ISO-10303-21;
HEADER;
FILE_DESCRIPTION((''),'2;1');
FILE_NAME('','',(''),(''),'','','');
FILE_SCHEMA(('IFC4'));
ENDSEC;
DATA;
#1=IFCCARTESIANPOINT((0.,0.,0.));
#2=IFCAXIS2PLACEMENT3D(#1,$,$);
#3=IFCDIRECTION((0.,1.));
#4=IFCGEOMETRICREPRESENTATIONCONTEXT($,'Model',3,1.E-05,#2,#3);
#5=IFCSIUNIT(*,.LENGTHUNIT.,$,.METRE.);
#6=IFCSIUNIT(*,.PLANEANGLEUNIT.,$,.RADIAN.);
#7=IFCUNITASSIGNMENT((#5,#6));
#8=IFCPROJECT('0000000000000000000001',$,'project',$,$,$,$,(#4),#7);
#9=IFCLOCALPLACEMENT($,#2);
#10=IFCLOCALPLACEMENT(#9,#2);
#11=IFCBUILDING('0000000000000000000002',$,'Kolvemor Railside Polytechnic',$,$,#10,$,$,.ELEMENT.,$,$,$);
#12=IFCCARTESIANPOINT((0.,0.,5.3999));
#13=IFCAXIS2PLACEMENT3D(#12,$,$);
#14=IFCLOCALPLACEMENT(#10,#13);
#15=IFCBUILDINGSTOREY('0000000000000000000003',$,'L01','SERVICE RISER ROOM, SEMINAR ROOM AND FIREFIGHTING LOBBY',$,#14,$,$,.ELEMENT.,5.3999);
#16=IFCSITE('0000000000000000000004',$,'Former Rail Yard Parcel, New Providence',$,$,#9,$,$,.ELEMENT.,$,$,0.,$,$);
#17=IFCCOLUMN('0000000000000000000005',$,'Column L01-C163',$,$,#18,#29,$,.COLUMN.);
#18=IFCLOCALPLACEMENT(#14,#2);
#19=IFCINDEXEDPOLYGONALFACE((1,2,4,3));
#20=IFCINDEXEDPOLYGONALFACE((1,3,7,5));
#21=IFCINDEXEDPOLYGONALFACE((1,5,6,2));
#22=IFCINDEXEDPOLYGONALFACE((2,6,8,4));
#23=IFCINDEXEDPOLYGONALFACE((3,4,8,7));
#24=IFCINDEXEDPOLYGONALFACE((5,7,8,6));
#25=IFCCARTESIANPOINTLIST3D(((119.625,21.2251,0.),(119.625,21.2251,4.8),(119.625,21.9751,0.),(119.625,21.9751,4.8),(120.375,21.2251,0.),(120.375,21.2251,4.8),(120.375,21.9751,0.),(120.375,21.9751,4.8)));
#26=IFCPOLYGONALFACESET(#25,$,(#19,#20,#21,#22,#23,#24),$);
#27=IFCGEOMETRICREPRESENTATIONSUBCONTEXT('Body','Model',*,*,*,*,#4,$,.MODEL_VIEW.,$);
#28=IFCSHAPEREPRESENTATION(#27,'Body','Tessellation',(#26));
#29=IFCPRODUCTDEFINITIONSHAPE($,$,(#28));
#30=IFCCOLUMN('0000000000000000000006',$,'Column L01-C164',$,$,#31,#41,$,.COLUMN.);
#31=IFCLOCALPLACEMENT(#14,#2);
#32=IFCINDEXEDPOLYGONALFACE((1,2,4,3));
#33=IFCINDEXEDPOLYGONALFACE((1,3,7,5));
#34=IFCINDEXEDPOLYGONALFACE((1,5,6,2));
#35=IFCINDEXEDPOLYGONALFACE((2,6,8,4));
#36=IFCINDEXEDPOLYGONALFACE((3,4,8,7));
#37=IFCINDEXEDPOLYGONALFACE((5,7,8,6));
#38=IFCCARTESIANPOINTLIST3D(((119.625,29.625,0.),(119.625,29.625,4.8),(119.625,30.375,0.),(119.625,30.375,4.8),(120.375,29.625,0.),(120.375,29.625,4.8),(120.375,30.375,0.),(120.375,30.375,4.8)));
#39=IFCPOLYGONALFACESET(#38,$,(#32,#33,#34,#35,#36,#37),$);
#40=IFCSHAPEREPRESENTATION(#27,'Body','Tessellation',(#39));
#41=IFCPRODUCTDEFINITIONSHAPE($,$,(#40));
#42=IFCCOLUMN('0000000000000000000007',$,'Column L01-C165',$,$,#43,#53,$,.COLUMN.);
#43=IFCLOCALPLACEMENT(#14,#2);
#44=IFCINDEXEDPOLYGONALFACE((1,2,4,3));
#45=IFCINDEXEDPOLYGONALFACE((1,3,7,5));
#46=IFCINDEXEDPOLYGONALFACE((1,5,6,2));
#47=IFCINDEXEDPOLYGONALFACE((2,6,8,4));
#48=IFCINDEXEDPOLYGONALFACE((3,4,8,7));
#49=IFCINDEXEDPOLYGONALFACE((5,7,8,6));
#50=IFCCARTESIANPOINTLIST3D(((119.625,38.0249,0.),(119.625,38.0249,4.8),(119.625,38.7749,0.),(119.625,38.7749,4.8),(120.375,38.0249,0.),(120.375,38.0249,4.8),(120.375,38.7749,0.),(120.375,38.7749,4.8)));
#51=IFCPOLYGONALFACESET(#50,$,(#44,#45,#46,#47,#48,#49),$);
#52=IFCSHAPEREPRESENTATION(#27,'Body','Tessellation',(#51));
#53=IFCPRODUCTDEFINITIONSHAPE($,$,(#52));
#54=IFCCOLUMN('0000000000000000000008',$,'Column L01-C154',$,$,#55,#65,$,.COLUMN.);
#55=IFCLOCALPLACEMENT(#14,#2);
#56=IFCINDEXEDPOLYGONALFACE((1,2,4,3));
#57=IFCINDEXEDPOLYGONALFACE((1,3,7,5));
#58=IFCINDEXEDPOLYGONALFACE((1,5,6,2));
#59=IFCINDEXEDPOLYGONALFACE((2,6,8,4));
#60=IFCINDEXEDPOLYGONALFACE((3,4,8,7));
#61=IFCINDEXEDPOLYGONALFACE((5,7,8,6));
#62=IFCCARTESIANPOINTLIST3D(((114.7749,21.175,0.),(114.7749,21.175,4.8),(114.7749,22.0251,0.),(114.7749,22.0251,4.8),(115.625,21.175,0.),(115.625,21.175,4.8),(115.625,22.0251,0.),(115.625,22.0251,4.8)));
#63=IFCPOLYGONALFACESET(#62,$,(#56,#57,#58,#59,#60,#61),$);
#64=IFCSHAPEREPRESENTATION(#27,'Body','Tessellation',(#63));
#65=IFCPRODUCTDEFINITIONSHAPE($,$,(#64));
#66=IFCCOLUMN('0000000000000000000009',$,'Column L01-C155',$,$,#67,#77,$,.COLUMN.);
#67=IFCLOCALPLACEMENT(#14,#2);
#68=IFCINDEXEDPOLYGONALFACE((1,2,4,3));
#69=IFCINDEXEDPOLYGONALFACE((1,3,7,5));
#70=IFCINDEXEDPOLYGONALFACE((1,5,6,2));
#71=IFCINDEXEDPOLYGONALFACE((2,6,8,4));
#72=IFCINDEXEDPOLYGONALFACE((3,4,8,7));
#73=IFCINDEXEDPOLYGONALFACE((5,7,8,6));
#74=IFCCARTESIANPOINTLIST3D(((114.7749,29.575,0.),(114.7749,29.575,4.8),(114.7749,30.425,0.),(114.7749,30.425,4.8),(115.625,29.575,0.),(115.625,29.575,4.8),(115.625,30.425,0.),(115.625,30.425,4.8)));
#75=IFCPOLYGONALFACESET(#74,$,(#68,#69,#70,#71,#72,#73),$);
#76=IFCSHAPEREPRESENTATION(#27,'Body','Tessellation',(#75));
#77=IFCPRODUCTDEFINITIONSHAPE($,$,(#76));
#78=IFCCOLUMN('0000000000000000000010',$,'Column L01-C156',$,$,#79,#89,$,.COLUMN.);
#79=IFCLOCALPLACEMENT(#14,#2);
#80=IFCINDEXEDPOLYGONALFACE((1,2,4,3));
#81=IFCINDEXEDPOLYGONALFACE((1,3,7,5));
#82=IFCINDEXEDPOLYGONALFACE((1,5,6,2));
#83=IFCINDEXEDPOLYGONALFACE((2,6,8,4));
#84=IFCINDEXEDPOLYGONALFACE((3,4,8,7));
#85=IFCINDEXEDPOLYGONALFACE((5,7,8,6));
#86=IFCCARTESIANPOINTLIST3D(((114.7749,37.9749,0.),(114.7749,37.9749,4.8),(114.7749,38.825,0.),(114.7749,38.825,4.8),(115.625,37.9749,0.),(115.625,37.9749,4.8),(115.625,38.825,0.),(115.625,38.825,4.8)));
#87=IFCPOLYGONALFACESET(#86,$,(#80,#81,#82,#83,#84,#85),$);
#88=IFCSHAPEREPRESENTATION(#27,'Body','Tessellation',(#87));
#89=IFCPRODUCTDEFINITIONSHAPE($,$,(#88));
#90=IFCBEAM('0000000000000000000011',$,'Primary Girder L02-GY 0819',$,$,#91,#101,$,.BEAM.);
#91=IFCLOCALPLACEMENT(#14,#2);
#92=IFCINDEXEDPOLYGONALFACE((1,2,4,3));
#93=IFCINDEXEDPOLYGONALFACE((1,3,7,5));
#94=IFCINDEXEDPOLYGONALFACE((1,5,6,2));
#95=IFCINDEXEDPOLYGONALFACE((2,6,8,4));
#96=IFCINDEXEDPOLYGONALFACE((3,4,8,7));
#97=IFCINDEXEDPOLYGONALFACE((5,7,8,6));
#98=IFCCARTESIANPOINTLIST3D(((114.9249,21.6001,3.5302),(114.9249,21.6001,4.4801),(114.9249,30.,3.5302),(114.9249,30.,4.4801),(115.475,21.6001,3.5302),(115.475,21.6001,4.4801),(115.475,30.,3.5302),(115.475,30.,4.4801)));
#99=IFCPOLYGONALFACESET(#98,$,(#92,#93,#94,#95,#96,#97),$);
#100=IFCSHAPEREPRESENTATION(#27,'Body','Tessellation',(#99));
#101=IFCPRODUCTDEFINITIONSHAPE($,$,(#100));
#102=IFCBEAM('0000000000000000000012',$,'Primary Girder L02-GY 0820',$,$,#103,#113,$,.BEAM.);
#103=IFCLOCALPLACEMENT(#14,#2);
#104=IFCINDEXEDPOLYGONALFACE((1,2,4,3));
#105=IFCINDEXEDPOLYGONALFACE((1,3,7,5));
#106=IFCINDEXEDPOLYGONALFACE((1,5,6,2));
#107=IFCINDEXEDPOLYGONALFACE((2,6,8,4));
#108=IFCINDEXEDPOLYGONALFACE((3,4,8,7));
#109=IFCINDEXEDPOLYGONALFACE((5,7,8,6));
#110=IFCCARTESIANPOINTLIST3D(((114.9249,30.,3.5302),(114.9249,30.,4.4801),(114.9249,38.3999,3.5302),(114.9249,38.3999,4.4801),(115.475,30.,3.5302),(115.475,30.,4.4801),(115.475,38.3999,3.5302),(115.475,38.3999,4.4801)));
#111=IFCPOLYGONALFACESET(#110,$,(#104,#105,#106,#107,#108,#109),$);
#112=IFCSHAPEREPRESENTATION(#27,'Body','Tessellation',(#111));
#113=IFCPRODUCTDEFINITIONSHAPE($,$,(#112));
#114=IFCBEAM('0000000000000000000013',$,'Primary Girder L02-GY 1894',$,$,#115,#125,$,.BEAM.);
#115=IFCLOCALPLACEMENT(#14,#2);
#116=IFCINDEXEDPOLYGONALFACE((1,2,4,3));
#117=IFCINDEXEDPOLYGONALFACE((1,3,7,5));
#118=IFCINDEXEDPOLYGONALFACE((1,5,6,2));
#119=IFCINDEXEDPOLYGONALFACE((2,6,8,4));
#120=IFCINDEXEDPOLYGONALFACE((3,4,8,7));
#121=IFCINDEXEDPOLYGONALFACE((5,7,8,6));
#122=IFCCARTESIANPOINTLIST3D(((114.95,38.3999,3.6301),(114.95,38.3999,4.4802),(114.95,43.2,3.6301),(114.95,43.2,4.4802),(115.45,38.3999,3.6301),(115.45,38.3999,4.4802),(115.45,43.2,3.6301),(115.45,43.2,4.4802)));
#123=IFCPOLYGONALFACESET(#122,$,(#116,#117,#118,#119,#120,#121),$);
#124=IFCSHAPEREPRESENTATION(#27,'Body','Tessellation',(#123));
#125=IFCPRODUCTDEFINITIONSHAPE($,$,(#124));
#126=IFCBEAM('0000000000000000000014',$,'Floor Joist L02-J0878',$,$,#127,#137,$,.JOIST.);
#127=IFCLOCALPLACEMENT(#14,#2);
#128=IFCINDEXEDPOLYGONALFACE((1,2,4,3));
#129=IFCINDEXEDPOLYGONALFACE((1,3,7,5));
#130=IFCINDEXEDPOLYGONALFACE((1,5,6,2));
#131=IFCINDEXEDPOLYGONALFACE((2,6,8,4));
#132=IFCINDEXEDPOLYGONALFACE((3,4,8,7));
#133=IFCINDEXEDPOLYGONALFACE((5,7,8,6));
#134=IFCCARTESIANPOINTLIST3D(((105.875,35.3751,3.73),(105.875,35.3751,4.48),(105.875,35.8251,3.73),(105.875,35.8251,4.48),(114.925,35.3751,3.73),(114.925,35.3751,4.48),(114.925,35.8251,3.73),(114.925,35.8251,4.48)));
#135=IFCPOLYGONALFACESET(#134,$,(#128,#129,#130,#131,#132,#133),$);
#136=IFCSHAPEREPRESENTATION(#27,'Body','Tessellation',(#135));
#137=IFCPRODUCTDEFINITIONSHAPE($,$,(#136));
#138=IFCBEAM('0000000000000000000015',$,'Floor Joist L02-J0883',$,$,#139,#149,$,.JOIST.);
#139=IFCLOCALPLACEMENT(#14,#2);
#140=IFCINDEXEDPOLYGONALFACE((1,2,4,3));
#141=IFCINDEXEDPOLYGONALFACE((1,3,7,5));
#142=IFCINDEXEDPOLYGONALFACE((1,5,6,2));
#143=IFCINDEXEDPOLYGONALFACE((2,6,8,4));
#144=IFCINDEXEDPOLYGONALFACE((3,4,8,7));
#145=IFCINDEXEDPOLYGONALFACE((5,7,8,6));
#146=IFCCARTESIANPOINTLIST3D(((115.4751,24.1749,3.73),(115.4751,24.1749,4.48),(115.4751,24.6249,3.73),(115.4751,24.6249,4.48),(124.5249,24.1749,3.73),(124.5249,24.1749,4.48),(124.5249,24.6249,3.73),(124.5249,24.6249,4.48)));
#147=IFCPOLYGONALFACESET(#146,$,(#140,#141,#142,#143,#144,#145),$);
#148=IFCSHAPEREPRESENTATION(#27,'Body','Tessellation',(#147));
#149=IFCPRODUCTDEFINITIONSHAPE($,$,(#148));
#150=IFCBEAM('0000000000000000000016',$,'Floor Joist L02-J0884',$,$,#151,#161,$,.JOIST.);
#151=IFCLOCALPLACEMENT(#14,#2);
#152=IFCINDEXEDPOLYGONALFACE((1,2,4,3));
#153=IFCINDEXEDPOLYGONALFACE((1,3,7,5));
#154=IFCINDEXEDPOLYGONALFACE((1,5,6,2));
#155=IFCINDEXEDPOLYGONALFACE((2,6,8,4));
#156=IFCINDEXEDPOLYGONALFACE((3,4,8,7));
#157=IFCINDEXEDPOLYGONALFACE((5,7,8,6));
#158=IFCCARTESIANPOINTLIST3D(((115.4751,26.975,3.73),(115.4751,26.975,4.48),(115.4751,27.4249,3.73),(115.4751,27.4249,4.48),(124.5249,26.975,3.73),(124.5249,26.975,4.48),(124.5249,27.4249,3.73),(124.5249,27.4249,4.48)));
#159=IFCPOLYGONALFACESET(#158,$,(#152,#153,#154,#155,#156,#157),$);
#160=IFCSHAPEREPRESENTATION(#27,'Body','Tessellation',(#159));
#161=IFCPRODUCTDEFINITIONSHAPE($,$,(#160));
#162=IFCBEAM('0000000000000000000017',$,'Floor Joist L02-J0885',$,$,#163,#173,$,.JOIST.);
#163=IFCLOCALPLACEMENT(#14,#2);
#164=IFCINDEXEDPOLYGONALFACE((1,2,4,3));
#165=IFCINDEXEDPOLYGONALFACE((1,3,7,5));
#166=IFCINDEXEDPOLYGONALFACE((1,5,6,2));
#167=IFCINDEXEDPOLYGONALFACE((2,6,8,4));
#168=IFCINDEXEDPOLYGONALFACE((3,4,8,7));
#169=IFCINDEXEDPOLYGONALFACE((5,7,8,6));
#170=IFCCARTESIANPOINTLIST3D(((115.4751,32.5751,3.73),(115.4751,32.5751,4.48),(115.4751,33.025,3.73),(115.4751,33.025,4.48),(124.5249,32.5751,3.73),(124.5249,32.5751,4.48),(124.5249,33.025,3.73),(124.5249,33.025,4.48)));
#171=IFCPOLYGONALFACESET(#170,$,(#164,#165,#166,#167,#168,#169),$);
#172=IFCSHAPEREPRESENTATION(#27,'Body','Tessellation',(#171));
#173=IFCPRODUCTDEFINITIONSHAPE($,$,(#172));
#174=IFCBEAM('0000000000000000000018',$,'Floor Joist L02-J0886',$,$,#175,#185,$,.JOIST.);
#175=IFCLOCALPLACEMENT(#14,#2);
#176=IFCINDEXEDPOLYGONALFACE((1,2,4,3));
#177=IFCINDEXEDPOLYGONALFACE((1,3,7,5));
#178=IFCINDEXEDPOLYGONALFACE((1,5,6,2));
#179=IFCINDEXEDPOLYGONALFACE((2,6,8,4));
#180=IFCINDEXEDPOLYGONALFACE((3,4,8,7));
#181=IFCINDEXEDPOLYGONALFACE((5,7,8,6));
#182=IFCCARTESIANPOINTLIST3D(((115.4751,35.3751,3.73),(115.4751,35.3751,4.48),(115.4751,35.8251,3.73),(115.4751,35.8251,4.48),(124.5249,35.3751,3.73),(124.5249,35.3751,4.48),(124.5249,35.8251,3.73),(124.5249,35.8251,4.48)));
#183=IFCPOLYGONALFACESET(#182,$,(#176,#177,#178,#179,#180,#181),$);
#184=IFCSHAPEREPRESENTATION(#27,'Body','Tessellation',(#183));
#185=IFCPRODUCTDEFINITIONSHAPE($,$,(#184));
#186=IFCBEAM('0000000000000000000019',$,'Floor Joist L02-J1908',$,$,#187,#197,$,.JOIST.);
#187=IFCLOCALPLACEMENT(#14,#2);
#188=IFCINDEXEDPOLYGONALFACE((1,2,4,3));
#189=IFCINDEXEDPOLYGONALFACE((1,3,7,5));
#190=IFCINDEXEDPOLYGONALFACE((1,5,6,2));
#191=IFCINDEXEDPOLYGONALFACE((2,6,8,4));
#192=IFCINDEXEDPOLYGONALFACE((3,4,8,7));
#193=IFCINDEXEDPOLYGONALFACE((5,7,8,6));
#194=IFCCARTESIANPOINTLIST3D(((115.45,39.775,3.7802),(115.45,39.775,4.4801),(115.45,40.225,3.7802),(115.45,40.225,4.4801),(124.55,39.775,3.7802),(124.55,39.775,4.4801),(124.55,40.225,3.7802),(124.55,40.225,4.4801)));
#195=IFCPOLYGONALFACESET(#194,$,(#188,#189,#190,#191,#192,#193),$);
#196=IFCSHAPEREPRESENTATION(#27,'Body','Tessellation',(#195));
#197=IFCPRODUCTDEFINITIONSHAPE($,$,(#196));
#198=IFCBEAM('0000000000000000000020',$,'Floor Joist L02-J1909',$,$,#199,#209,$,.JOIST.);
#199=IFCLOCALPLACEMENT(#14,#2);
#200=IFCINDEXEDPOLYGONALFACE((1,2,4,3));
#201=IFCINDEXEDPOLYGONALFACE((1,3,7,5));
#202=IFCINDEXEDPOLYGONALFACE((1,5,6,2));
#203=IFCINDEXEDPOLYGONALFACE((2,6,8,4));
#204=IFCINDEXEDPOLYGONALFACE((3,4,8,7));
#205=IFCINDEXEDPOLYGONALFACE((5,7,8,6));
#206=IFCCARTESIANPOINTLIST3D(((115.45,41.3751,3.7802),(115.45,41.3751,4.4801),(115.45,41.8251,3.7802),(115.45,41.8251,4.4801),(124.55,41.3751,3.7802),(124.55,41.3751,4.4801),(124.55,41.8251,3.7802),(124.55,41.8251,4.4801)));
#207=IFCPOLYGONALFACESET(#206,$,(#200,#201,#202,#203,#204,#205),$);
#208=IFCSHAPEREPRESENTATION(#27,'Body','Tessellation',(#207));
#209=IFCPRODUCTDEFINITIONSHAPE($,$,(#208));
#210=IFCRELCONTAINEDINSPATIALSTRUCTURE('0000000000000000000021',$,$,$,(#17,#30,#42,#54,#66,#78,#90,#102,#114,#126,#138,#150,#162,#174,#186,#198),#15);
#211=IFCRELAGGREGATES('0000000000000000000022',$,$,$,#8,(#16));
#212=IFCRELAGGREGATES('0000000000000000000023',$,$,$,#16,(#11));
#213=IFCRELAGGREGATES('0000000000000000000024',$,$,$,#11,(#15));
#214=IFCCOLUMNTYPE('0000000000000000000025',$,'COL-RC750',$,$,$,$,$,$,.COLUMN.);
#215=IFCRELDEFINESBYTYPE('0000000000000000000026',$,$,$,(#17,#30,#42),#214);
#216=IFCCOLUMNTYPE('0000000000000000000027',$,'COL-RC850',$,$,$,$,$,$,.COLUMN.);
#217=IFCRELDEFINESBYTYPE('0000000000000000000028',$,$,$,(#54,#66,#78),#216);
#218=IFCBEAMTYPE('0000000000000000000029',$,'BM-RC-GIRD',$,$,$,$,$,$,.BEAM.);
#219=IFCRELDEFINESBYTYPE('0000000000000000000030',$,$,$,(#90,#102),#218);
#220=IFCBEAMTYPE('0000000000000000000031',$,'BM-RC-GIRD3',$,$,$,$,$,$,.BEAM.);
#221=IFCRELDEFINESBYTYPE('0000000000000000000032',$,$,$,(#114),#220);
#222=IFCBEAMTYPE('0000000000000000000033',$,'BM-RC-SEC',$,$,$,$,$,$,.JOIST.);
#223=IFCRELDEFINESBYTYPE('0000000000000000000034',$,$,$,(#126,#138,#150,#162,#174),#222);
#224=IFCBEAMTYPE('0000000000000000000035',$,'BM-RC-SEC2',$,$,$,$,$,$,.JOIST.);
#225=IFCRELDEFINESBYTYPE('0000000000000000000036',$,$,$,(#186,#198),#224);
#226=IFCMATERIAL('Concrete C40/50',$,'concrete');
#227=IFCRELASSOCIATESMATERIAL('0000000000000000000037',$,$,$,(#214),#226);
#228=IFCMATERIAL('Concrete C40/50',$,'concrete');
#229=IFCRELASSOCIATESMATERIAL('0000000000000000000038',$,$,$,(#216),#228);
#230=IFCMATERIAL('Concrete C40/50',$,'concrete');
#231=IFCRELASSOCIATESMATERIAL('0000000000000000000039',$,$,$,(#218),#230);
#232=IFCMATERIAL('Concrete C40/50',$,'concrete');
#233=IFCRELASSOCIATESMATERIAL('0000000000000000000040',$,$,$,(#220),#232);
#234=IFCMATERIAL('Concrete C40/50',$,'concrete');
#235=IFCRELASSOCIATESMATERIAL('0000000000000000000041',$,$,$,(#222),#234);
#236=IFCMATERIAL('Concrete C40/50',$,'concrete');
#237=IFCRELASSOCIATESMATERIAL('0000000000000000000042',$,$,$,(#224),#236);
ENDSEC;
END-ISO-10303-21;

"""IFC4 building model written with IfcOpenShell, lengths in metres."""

from ifc_helpers import new_model, si_unit, direction, frame, origin, origin_2d, place, context, subcontext, project, spatial, rectangle, extrude, material, material_profile, profile_set, type_object, element, save


model = new_model("IFC4")

# Units and contexts
model_context = context("Model", 3, precision=1e-05, world=origin(), true_north=direction((0.0, 1.0)))
body_context = subcontext(model_context, "Body", "Model", "MODEL_VIEW")
ifc_project = project(units=[si_unit("LENGTHUNIT", "METRE"), si_unit("PLANEANGLEUNIT", "RADIAN")], contexts=[model_context])

# Site, building, storey
site_placement = place(None, origin())
site = spatial("IfcSite", under=ifc_project, at=site_placement, Name="Former Rail Yard Parcel, New Providence", CompositionType="ELEMENT", RefElevation=0.0)
building_placement = place(site_placement, origin())
building = spatial("IfcBuilding", under=site, at=building_placement, Name="Kolvemor Railside Polytechnic", CompositionType="ELEMENT")
storey_placement = place(building_placement, frame((0.0, 0.0, 5.3999)))
storey = spatial("IfcBuildingStorey", under=building, at=storey_placement, Name="L01", Description="SERVICE RISER ROOM, SEMINAR ROOM AND FIREFIGHTING LOBBY", CompositionType="ELEMENT", Elevation=5.3999)

# Columns
ifc_material_1 = material(Name="Concrete C40/50", Category="concrete")
ifc_material_profile_1 = material_profile(ifc_material_1, rectangle(XDim=0.75, YDim=0.75, at=origin_2d()), Name="RC750x750")
ifc_profile_set_1 = profile_set([ifc_material_profile_1], Name="Concrete C40/50")
column_type_1 = type_object("IfcColumnType", Name="COL-RC750", PredefinedType="COLUMN", material=ifc_profile_set_1)
for number, where, z_axis, x_axis, name in (
    (1, (120.0, 21.6001, 0.0), (0.0, 0.0, 1.0), (1.0, 0.0, 0.0), "Column L01-C163"),
    (2, (120.0, 30.0, 0.0), (0.0, 0.0, 1.0), (1.0, 0.0, 0.0), "Column L01-C164"),
    (3, (120.0, 38.3999, 0.0), (0.0, 0.0, 1.0), (1.0, 0.0, 0.0), "Column L01-C165"),
):
    element("IfcColumn", number, at=place(storey_placement, frame(where, z_axis=z_axis, x_axis=x_axis)), inside=storey, type_object=column_type_1, Name=name, PredefinedType="COLUMN", context=body_context, shape_type="SweptSolid", body=[
        extrude(rectangle(XDim=0.75, YDim=0.75, at=origin_2d()), origin(), (0.0, 0.0, 1.0), 4.8),
    ])
ifc_material_2 = material(Name="Concrete C40/50", Category="concrete")
ifc_material_profile_2 = material_profile(ifc_material_2, rectangle(XDim=0.8501, YDim=0.8501, at=origin_2d()), Name="RC850x850")
ifc_profile_set_2 = profile_set([ifc_material_profile_2], Name="Concrete C40/50")
column_type_2 = type_object("IfcColumnType", Name="COL-RC850", PredefinedType="COLUMN", material=ifc_profile_set_2)
for number, where, z_axis, x_axis, name in (
    (4, (115.2, 21.6001, 0.0), (0.0, 0.0, 1.0), (1.0, 0.0, 0.0), "Column L01-C154"),
    (5, (115.2, 30.0, 0.0), (0.0, 0.0, 1.0), (1.0, 0.0, 0.0), "Column L01-C155"),
    (6, (115.2, 38.3999, 0.0), (0.0, 0.0, 1.0), (1.0, 0.0, 0.0), "Column L01-C156"),
):
    element("IfcColumn", number, at=place(storey_placement, frame(where, z_axis=z_axis, x_axis=x_axis)), inside=storey, type_object=column_type_2, Name=name, PredefinedType="COLUMN", context=body_context, shape_type="SweptSolid", body=[
        extrude(rectangle(XDim=0.8501, YDim=0.8501, at=origin_2d()), origin(), (0.0, 0.0, 1.0), 4.8),
    ])

# Beams
ifc_material_3 = material(Name="Concrete C40/50", Category="concrete")
ifc_material_profile_3 = material_profile(ifc_material_3, rectangle(XDim=0.55, YDim=0.95, at=origin_2d()), Name="RC550x950")
ifc_profile_set_3 = profile_set([ifc_material_profile_3], Name="Concrete C40/50")
beam_type_1 = type_object("IfcBeamType", Name="BM-RC-GIRD", PredefinedType="BEAM", material=ifc_profile_set_3)
for number, where, z_axis, x_axis, name in (
    (7, (115.2, 21.6001, 4.0051), (0.0, 1.0, 0.0), (-1.0, 0.0, 0.0), "Primary Girder L02-GY 0819"),
    (8, (115.2, 30.0, 4.0051), (0.0, 1.0, 0.0), (-1.0, 0.0, 0.0), "Primary Girder L02-GY 0820"),
):
    element("IfcBeam", number, at=place(storey_placement, frame(where, z_axis=z_axis, x_axis=x_axis)), inside=storey, type_object=beam_type_1, Name=name, PredefinedType="BEAM", context=body_context, shape_type="SweptSolid", body=[
        extrude(rectangle(XDim=0.55, YDim=0.95, at=origin_2d()), origin(), (0.0, 0.0, 1.0), 8.3999),
    ])
ifc_material_4 = material(Name="Concrete C40/50", Category="concrete")
ifc_material_profile_4 = material_profile(ifc_material_4, rectangle(XDim=0.5, YDim=0.8501, at=origin_2d()), Name="RC500x850")
ifc_profile_set_4 = profile_set([ifc_material_profile_4], Name="Concrete C40/50")
beam_type_2 = type_object("IfcBeamType", Name="BM-RC-GIRD3", PredefinedType="BEAM", material=ifc_profile_set_4)
beam_1_placement = place(storey_placement, frame((115.2, 38.3999, 4.0552), z_axis=(0.0, 1.0, 0.0), x_axis=(-1.0, 0.0, 0.0)))
element("IfcBeam", 9, at=beam_1_placement, inside=storey, type_object=beam_type_2, Name="Primary Girder L02-GY 1894", PredefinedType="BEAM", context=body_context, shape_type="SweptSolid", body=[
    extrude(rectangle(XDim=0.5, YDim=0.8501, at=origin_2d()), origin(), (0.0, 0.0, 1.0), 4.8),
])
ifc_material_5 = material(Name="Concrete C40/50", Category="concrete")
ifc_material_profile_5 = material_profile(ifc_material_5, rectangle(XDim=0.45, YDim=0.75, at=origin_2d()), Name="RC450x750")
ifc_profile_set_5 = profile_set([ifc_material_profile_5], Name="Concrete C40/50")
beam_type_3 = type_object("IfcBeamType", Name="BM-RC-SEC", PredefinedType="JOIST", material=ifc_profile_set_5)
beam_2_placement = place(storey_placement, frame((105.875, 35.6001, 4.105), z_axis=(1.0, 0.0, 0.0), x_axis=(0.0, 1.0, 0.0)))
element("IfcBeam", 10, at=beam_2_placement, inside=storey, type_object=beam_type_3, Name="Floor Joist L02-J0878", PredefinedType="JOIST", context=body_context, shape_type="SweptSolid", body=[
    extrude(rectangle(XDim=0.45, YDim=0.75, at=origin_2d()), origin(), (0.0, 0.0, 1.0), 9.05),
])
for number, where, z_axis, x_axis, name in (
    (11, (115.4751, 24.3999, 4.105), (1.0, 0.0, 0.0), (0.0, 1.0, 0.0), "Floor Joist L02-J0883"),
    (12, (115.4751, 27.2, 4.105), (1.0, 0.0, 0.0), (0.0, 1.0, 0.0), "Floor Joist L02-J0884"),
    (13, (115.4751, 32.8, 4.105), (1.0, 0.0, 0.0), (0.0, 1.0, 0.0), "Floor Joist L02-J0885"),
    (14, (115.4751, 35.6001, 4.105), (1.0, 0.0, 0.0), (0.0, 1.0, 0.0), "Floor Joist L02-J0886"),
):
    element("IfcBeam", number, at=place(storey_placement, frame(where, z_axis=z_axis, x_axis=x_axis)), inside=storey, type_object=beam_type_3, Name=name, PredefinedType="JOIST", context=body_context, shape_type="SweptSolid", body=[
        extrude(rectangle(XDim=0.45, YDim=0.75, at=origin_2d()), origin(), (0.0, 0.0, 1.0), 9.0498),
    ])
ifc_material_6 = material(Name="Concrete C40/50", Category="concrete")
ifc_material_profile_6 = material_profile(ifc_material_6, rectangle(XDim=0.45, YDim=0.7, at=origin_2d()), Name="RC450x700")
ifc_profile_set_6 = profile_set([ifc_material_profile_6], Name="Concrete C40/50")
beam_type_4 = type_object("IfcBeamType", Name="BM-RC-SEC2", PredefinedType="JOIST", material=ifc_profile_set_6)
for number, where, z_axis, x_axis, name in (
    (15, (115.45, 40.0, 4.1301), (1.0, 0.0, 0.0), (0.0, 1.0, 0.0), "Floor Joist L02-J1908"),
    (16, (115.45, 41.6001, 4.1301), (1.0, 0.0, 0.0), (0.0, 1.0, 0.0), "Floor Joist L02-J1909"),
):
    element("IfcBeam", number, at=place(storey_placement, frame(where, z_axis=z_axis, x_axis=x_axis)), inside=storey, type_object=beam_type_4, Name=name, PredefinedType="JOIST", context=body_context, shape_type="SweptSolid", body=[
        extrude(rectangle(XDim=0.45, YDim=0.7, at=origin_2d()), origin(), (0.0, 0.0, 1.0), 9.1001),
    ])

save(model, "model.ifc")
